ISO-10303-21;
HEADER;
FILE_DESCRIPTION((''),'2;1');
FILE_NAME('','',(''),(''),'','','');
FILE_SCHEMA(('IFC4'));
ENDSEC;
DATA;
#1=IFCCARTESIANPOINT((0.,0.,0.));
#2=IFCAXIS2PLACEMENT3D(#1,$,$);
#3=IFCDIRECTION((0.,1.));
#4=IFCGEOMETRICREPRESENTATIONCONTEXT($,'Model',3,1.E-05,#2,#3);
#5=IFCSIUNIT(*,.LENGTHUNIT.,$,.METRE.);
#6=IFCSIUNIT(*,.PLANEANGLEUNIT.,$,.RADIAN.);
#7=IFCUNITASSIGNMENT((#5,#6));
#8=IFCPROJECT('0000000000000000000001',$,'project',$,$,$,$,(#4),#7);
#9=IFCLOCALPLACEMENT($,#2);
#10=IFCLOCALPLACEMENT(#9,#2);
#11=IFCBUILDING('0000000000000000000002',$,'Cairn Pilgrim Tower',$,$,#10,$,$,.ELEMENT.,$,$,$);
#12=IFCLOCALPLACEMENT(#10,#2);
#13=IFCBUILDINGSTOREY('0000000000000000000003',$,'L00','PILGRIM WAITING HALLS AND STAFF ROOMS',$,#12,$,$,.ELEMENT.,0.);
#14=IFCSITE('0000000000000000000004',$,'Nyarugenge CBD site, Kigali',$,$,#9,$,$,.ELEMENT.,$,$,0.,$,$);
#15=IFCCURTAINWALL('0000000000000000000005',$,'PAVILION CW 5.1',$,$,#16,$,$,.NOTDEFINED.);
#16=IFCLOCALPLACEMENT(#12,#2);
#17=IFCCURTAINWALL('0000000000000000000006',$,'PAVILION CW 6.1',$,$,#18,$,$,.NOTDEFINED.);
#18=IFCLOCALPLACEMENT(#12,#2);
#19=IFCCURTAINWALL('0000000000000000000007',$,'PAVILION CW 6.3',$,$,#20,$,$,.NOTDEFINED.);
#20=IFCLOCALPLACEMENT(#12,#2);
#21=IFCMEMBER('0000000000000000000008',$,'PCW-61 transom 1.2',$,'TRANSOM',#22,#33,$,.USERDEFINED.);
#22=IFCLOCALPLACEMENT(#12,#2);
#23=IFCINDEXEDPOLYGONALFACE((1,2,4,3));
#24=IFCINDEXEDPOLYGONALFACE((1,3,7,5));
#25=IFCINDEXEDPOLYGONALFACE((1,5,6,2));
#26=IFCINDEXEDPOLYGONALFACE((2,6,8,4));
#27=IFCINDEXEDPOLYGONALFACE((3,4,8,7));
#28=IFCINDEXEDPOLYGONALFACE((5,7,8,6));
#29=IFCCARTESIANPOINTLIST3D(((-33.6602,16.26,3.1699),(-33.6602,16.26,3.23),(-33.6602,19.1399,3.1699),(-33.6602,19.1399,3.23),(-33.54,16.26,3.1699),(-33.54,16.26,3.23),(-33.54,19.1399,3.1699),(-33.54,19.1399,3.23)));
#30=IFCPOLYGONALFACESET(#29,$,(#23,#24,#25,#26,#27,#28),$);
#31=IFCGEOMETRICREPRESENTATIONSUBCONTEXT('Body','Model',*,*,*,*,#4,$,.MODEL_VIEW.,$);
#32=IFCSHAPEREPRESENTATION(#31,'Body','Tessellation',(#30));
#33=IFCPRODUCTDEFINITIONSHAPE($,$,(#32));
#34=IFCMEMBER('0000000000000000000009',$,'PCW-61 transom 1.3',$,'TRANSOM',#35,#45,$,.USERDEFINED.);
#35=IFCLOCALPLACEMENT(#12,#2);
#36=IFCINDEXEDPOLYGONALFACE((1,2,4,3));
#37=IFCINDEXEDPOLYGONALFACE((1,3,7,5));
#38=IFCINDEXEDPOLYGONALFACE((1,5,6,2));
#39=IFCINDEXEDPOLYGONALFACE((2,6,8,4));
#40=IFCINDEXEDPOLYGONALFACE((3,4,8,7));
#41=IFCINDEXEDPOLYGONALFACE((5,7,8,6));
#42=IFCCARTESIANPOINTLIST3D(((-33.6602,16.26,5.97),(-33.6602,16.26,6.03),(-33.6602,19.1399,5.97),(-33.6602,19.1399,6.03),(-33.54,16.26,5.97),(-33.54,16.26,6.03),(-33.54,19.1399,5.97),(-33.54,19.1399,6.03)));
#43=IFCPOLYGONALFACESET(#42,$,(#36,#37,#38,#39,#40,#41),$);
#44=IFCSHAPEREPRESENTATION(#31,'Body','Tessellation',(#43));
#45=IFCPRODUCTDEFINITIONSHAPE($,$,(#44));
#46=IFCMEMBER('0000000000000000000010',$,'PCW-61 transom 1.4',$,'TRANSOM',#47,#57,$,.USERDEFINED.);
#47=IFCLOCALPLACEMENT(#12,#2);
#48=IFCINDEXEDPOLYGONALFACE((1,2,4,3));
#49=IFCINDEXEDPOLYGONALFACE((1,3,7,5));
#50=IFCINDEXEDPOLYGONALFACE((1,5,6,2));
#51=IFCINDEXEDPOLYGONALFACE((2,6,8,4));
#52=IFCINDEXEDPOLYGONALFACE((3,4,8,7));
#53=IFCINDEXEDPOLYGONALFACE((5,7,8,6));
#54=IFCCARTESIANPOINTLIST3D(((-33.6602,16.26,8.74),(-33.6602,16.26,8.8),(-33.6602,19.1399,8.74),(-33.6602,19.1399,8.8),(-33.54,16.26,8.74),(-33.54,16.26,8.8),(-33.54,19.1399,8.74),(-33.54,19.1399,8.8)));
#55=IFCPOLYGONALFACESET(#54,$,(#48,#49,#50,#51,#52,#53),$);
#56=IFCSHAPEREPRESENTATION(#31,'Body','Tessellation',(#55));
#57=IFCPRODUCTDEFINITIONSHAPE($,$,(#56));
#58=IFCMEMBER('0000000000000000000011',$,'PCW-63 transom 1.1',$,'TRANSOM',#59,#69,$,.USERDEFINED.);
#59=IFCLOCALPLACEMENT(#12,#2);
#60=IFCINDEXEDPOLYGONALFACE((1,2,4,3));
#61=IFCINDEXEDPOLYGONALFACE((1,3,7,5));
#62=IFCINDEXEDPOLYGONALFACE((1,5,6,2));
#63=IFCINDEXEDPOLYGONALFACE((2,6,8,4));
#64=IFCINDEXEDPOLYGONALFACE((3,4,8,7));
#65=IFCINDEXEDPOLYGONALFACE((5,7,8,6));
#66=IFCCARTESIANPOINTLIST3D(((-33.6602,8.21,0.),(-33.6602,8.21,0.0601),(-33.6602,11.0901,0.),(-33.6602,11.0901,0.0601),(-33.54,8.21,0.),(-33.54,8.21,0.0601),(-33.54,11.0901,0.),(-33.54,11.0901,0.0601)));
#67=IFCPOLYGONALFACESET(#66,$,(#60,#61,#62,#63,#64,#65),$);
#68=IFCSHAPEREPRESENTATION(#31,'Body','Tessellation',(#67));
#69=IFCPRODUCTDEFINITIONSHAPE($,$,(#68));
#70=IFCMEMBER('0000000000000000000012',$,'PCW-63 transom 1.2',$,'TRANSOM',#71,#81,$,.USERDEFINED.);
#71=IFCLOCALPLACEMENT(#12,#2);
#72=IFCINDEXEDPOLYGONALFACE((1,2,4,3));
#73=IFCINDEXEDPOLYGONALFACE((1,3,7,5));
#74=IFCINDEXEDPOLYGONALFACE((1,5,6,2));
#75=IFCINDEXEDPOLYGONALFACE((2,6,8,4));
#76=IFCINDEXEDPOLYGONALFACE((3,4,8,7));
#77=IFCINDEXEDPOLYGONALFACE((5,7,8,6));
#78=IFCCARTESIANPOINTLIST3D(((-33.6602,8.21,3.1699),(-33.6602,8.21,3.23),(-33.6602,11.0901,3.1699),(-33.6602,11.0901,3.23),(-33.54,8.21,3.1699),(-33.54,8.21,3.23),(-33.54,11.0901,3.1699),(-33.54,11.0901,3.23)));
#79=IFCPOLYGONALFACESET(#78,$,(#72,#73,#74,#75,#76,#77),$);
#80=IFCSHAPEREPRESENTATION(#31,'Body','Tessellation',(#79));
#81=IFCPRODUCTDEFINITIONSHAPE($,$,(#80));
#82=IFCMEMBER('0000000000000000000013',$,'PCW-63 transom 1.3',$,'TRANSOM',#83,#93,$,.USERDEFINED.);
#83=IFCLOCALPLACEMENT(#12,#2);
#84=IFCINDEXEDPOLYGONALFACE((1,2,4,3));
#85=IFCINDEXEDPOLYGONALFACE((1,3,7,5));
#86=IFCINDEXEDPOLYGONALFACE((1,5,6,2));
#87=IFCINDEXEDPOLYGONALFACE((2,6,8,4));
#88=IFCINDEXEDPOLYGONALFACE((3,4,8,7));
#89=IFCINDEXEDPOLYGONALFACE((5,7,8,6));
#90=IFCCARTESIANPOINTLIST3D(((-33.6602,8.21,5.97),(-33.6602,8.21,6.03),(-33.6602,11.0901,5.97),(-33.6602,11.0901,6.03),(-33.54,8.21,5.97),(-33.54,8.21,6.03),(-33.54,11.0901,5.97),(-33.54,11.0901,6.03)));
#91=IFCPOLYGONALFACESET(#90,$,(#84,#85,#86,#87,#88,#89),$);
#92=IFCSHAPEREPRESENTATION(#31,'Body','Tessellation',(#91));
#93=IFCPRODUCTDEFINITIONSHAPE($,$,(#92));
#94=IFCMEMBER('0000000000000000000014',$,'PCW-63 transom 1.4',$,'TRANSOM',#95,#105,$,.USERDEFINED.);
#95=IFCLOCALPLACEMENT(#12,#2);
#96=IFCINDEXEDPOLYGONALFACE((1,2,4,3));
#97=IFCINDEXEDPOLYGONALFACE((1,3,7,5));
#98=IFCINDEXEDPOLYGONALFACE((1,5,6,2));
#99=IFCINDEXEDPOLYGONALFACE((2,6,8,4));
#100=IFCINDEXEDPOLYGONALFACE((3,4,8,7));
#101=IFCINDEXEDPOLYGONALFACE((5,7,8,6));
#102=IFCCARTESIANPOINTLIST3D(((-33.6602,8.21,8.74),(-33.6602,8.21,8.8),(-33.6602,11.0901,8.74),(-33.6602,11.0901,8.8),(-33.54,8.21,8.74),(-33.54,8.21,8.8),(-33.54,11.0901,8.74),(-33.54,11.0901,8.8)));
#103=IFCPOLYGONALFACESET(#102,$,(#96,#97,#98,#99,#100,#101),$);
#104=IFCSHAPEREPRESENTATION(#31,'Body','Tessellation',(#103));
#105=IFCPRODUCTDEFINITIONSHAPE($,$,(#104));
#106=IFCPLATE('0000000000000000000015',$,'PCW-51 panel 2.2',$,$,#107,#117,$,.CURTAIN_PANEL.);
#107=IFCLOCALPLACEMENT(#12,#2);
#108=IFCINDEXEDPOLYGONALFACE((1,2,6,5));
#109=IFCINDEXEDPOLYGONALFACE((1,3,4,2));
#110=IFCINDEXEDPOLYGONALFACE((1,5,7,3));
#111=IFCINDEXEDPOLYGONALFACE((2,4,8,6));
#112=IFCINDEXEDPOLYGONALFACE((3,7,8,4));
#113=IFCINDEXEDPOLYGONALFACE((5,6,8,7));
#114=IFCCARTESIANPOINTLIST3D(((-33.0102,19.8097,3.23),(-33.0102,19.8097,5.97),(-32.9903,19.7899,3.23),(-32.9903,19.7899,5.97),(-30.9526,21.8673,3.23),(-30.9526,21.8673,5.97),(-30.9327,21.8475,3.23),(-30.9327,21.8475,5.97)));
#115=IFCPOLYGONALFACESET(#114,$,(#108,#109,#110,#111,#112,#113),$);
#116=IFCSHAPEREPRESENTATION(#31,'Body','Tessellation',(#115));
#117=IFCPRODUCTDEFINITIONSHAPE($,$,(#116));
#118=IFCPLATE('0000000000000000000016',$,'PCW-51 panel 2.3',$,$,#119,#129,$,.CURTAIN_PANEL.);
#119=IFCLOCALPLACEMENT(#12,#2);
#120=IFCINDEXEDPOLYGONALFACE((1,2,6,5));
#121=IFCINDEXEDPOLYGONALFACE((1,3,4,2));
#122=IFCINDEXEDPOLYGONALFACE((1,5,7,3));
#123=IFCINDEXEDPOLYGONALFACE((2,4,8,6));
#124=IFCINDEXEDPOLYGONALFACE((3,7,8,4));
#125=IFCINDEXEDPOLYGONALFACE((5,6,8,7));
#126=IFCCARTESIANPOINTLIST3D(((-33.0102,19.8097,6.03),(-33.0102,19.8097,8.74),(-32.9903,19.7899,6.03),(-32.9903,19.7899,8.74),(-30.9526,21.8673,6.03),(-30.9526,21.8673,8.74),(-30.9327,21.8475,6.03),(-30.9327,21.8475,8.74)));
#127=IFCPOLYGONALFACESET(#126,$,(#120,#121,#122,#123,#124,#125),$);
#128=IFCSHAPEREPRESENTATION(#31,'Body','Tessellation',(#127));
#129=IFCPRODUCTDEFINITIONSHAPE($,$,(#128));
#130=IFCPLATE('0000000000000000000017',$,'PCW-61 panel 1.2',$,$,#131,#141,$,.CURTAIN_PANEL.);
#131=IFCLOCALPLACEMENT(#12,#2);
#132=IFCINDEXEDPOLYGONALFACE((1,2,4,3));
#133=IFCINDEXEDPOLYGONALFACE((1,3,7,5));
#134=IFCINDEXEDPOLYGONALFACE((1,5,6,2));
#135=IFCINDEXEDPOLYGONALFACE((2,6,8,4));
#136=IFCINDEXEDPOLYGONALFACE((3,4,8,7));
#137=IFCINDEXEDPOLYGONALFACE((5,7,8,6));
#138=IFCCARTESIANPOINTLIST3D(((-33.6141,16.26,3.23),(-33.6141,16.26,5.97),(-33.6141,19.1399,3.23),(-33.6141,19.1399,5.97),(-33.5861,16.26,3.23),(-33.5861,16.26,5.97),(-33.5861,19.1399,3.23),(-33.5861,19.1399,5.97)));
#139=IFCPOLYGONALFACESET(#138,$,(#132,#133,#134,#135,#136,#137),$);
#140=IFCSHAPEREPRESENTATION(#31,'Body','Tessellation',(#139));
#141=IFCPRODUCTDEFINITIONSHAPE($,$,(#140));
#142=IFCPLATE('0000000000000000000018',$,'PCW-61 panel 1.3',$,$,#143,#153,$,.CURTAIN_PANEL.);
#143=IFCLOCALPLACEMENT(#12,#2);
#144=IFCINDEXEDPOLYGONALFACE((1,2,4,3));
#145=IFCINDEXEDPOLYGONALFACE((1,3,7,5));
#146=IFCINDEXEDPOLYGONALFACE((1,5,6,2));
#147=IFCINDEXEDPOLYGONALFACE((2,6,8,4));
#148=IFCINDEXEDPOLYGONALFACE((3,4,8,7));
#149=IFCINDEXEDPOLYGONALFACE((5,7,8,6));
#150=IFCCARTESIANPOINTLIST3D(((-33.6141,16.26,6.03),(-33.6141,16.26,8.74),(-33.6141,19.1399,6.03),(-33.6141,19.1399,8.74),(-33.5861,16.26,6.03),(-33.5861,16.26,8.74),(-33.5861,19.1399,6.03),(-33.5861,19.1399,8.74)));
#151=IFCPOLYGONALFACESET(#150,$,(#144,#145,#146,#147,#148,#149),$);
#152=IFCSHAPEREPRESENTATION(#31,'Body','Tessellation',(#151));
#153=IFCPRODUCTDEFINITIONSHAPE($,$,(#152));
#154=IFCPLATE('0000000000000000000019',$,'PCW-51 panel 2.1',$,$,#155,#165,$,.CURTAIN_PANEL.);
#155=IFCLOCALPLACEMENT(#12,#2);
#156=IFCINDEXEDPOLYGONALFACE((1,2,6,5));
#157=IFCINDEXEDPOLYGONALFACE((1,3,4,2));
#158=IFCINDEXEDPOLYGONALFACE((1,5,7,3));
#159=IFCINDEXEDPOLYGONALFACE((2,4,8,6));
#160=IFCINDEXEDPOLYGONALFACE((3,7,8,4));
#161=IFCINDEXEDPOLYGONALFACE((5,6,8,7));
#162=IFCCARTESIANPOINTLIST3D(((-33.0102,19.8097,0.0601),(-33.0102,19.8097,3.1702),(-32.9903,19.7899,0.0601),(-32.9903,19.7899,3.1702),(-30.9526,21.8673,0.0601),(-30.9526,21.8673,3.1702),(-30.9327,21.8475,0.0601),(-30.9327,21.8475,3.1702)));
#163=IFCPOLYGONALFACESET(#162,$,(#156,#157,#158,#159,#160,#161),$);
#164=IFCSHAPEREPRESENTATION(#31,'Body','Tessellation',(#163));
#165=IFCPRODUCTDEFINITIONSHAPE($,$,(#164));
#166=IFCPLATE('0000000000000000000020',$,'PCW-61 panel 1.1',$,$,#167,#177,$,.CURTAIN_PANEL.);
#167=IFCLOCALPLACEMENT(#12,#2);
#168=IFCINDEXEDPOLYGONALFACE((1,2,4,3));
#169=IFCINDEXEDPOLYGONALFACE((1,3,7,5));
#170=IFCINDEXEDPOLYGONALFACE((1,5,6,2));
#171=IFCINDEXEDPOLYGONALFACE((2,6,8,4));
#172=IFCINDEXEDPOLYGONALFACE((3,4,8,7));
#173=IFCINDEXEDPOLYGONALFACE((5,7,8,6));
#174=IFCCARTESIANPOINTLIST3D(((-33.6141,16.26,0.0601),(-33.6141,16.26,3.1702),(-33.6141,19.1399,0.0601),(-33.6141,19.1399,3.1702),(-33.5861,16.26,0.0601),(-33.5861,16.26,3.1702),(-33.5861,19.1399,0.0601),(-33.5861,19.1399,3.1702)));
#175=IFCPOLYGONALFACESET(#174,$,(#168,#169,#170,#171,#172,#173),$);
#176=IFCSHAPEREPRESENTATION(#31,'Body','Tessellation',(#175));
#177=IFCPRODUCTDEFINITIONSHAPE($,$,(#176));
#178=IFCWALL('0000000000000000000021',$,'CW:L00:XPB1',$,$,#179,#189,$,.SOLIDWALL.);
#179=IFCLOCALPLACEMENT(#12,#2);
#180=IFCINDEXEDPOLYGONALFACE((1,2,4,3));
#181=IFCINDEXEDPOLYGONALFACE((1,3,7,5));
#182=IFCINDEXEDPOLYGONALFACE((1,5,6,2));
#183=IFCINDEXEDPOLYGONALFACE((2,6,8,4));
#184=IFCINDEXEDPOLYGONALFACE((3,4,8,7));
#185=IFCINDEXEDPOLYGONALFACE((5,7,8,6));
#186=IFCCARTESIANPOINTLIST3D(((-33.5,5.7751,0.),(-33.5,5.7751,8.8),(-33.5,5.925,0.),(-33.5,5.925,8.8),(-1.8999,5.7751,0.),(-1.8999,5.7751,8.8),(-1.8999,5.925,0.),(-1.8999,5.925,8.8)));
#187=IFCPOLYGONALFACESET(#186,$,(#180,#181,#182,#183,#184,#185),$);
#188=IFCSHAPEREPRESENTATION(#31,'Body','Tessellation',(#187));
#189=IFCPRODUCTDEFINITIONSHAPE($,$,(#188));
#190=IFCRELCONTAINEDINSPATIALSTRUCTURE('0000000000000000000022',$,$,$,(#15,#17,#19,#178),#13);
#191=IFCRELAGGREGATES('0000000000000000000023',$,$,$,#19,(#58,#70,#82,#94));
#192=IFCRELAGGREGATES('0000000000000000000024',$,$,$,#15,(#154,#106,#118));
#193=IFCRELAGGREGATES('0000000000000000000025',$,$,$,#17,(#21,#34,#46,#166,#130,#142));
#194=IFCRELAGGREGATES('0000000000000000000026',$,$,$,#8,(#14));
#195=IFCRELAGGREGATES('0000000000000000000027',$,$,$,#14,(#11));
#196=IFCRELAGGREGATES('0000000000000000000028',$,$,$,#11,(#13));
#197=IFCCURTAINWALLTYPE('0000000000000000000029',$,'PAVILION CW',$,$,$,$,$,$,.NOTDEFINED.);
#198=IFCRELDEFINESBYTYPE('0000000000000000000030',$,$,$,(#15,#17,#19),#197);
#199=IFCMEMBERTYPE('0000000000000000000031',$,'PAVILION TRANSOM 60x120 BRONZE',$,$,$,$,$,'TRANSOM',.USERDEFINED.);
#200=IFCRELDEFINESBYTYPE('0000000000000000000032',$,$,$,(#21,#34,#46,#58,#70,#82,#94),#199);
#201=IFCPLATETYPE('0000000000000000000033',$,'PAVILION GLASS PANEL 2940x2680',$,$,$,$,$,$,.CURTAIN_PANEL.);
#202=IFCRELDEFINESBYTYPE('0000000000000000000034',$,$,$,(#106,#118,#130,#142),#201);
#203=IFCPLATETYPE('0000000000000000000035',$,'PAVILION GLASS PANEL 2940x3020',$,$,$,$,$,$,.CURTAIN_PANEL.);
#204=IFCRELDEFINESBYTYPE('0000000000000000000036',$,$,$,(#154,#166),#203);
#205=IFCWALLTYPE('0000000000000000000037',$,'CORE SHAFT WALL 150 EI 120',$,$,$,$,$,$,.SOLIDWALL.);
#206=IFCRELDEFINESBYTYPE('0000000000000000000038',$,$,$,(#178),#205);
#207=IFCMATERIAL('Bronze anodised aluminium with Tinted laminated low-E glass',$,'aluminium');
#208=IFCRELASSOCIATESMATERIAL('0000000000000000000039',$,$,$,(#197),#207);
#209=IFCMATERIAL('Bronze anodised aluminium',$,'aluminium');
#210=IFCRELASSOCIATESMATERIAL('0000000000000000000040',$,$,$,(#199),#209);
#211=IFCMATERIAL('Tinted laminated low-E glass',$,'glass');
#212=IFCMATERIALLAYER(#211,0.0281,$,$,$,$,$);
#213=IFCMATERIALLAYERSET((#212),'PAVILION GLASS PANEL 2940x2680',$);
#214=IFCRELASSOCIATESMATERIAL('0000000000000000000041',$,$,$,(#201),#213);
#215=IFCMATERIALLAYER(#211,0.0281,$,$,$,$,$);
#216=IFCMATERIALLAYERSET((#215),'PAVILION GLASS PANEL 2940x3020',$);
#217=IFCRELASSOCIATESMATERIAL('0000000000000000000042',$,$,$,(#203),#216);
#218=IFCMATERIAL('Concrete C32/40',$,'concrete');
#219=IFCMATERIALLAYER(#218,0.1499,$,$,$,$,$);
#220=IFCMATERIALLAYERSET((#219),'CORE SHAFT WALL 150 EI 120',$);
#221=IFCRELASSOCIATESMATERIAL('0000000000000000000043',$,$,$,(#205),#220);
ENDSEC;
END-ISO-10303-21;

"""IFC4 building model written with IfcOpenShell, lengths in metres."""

from ifc_helpers import new_model, si_unit, direction, frame, frame_2d, origin, origin_2d, place, context, subcontext, project, spatial, rectangle, extrude, material, layer, layer_set, material_profile, profile_set, type_object, element, aggregate, save


model = new_model("IFC4")

# Units and contexts
model_context = context("Model", 3, precision=1e-05, world=origin(), true_north=direction((0.0, 1.0)))
body_context = subcontext(model_context, "Body", "Model", "MODEL_VIEW")
ifc_project = project(units=[si_unit("LENGTHUNIT", "METRE"), si_unit("PLANEANGLEUNIT", "RADIAN")], contexts=[model_context])

# Site, building, storey
site_placement = place(None, origin())
site = spatial("IfcSite", under=ifc_project, at=site_placement, Name="Nyarugenge CBD site, Kigali", CompositionType="ELEMENT", RefElevation=0.0)
building_placement = place(site_placement, origin())
building = spatial("IfcBuilding", under=site, at=building_placement, Name="Cairn Pilgrim Tower", CompositionType="ELEMENT")
storey_placement = place(building_placement, origin())
storey = spatial("IfcBuildingStorey", under=building, at=storey_placement, Name="L00", Description="PILGRIM WAITING HALLS AND STAFF ROOMS", CompositionType="ELEMENT", Elevation=0.0)

# Curtain wall
ifc_material_1 = material(Name="Bronze anodised aluminium with Tinted laminated low-E glass", Category="aluminium")
curtain_wall_type = type_object("IfcCurtainWallType", Name="PAVILION CW", PredefinedType="NOTDEFINED", material=ifc_material_1)
curtain_wall_1_placement = place(storey_placement, origin())
curtain_wall_1 = element("IfcCurtainWall", 1, at=curtain_wall_1_placement, inside=storey, type_object=curtain_wall_type, Name="PAVILION CW 5.1", PredefinedType="NOTDEFINED")
ifc_material_2 = material(Name="Bronze anodised aluminium", Category="aluminium")

# Curtain wall
curtain_wall_2_placement = place(storey_placement, origin())
curtain_wall_2 = element("IfcCurtainWall", 2, at=curtain_wall_2_placement, inside=storey, type_object=curtain_wall_type, Name="PAVILION CW 6.1", PredefinedType="NOTDEFINED")

# Curtain wall
curtain_wall_3_placement = place(storey_placement, origin())
curtain_wall_3 = element("IfcCurtainWall", 3, at=curtain_wall_3_placement, inside=storey, type_object=curtain_wall_type, Name="PAVILION CW 6.3", PredefinedType="NOTDEFINED")

# Members
ifc_material_profile_1 = material_profile(ifc_material_2, rectangle(XDim=0.1201, YDim=0.0601, at=origin_2d()), Name="PAVILION TRANSOM 60x120 BRONZE")
ifc_profile_set_1 = profile_set([ifc_material_profile_1], Name="Bronze anodised aluminium")
member_type_1 = type_object("IfcMemberType", Name="PAVILION TRANSOM 60x120 BRONZE", ElementType="TRANSOM", PredefinedType="USERDEFINED", material=ifc_profile_set_1)
member_1_placement = place(storey_placement, frame((-33.6001, 19.1399, 3.2), z_axis=(0.0, -1.0, 0.0), x_axis=(1.0, 0.0, 0.0)))
member_1 = element("IfcMember", 4, at=member_1_placement, type_object=member_type_1, Name="PCW-61 transom 1.2", ObjectType="TRANSOM", PredefinedType="USERDEFINED", context=body_context, shape_type="SweptSolid", body=[
    extrude(rectangle(XDim=0.1201, YDim=0.0601, at=origin_2d()), origin(), (0.0, 0.0, 1.0), 2.8799),
])
member_2_placement = place(storey_placement, frame((-33.6001, 19.1399, 6.0), z_axis=(0.0, -1.0, 0.0), x_axis=(1.0, 0.0, 0.0)))
member_2 = element("IfcMember", 5, at=member_2_placement, type_object=member_type_1, Name="PCW-61 transom 1.3", ObjectType="TRANSOM", PredefinedType="USERDEFINED", context=body_context, shape_type="SweptSolid", body=[
    extrude(rectangle(XDim=0.1201, YDim=0.0601, at=origin_2d()), origin(), (0.0, 0.0, 1.0), 2.8799),
])
member_3_placement = place(storey_placement, frame((-33.6001, 19.1399, 8.77), z_axis=(0.0, -1.0, 0.0), x_axis=(1.0, 0.0, 0.0)))
member_3 = element("IfcMember", 6, at=member_3_placement, type_object=member_type_1, Name="PCW-61 transom 1.4", ObjectType="TRANSOM", PredefinedType="USERDEFINED", context=body_context, shape_type="SweptSolid", body=[
    extrude(rectangle(XDim=0.1201, YDim=0.0601, at=origin_2d()), origin(), (0.0, 0.0, 1.0), 2.8799),
])
member_4_placement = place(storey_placement, frame((-33.6001, 11.0901, 0.03), z_axis=(0.0, -1.0, 0.0), x_axis=(1.0, 0.0, 0.0)))
member_4 = element("IfcMember", 7, at=member_4_placement, type_object=member_type_1, Name="PCW-63 transom 1.1", ObjectType="TRANSOM", PredefinedType="USERDEFINED", context=body_context, shape_type="SweptSolid", body=[
    extrude(rectangle(XDim=0.1201, YDim=0.0601, at=origin_2d()), origin(), (0.0, 0.0, 1.0), 2.8801),
])
member_5_placement = place(storey_placement, frame((-33.6001, 11.0901, 3.2), z_axis=(0.0, -1.0, 0.0), x_axis=(1.0, 0.0, 0.0)))
member_5 = element("IfcMember", 8, at=member_5_placement, type_object=member_type_1, Name="PCW-63 transom 1.2", ObjectType="TRANSOM", PredefinedType="USERDEFINED", context=body_context, shape_type="SweptSolid", body=[
    extrude(rectangle(XDim=0.1201, YDim=0.0601, at=origin_2d()), origin(), (0.0, 0.0, 1.0), 2.8801),
])
member_6_placement = place(storey_placement, frame((-33.6001, 11.0901, 6.0), z_axis=(0.0, -1.0, 0.0), x_axis=(1.0, 0.0, 0.0)))
member_6 = element("IfcMember", 9, at=member_6_placement, type_object=member_type_1, Name="PCW-63 transom 1.3", ObjectType="TRANSOM", PredefinedType="USERDEFINED", context=body_context, shape_type="SweptSolid", body=[
    extrude(rectangle(XDim=0.1201, YDim=0.0601, at=origin_2d()), origin(), (0.0, 0.0, 1.0), 2.8801),
])
member_7_placement = place(storey_placement, frame((-33.6001, 11.0901, 8.77), z_axis=(0.0, -1.0, 0.0), x_axis=(1.0, 0.0, 0.0)))
member_7 = element("IfcMember", 10, at=member_7_placement, type_object=member_type_1, Name="PCW-63 transom 1.4", ObjectType="TRANSOM", PredefinedType="USERDEFINED", context=body_context, shape_type="SweptSolid", body=[
    extrude(rectangle(XDim=0.1201, YDim=0.0601, at=origin_2d()), origin(), (0.0, 0.0, 1.0), 2.8801),
])
aggregate(curtain_wall_3, [member_4, member_5, member_6, member_7])

# Plates
ifc_material_3 = material(Name="Tinted laminated low-E glass", Category="glass")
ifc_layer_1 = layer(ifc_material_3, 0.0281)
ifc_layer_set_1 = layer_set([ifc_layer_1], Name="PAVILION GLASS PANEL 2940x2680")
plate_type_1 = type_object("IfcPlateType", Name="PAVILION GLASS PANEL 2940x2680", PredefinedType="CURTAIN_PANEL", material=ifc_layer_set_1)
plate_1_placement = place(storey_placement, frame((-31.9714, 20.8286, 3.23), z_axis=(0.0, 0.0, 1.0), x_axis=(-0.707107, -0.707107, 0.0)))
plate_1 = element("IfcPlate", 11, at=plate_1_placement, type_object=plate_type_1, Name="PCW-51 panel 2.2", PredefinedType="CURTAIN_PANEL", context=body_context, shape_type="SweptSolid", body=[
    extrude(rectangle(XDim=2.9099, YDim=0.0281, at=origin_2d()), origin(), (0.0, 0.0, 1.0), 2.74),
])
plate_2_placement = place(storey_placement, frame((-31.9714, 20.8286, 6.03), z_axis=(0.0, 0.0, 1.0), x_axis=(-0.707107, -0.707107, 0.0)))
plate_2 = element("IfcPlate", 12, at=plate_2_placement, type_object=plate_type_1, Name="PCW-51 panel 2.3", PredefinedType="CURTAIN_PANEL", context=body_context, shape_type="SweptSolid", body=[
    extrude(rectangle(XDim=2.9099, YDim=0.0281, at=origin_2d()), origin(), (0.0, 0.0, 1.0), 2.71),
])
plate_3_placement = place(storey_placement, frame((-33.6001, 17.7, 3.23), z_axis=(0.0, 0.0, 1.0), x_axis=(0.0, -1.0, 0.0)))
plate_3 = element("IfcPlate", 13, at=plate_3_placement, type_object=plate_type_1, Name="PCW-61 panel 1.2", PredefinedType="CURTAIN_PANEL", context=body_context, shape_type="SweptSolid", body=[
    extrude(rectangle(XDim=2.8799, YDim=0.0281, at=origin_2d()), origin(), (0.0, 0.0, 1.0), 2.74),
])
plate_4_placement = place(storey_placement, frame((-33.6001, 17.7, 6.03), z_axis=(0.0, 0.0, 1.0), x_axis=(0.0, -1.0, 0.0)))
plate_4 = element("IfcPlate", 14, at=plate_4_placement, type_object=plate_type_1, Name="PCW-61 panel 1.3", PredefinedType="CURTAIN_PANEL", context=body_context, shape_type="SweptSolid", body=[
    extrude(rectangle(XDim=2.8799, YDim=0.0281, at=origin_2d()), origin(), (0.0, 0.0, 1.0), 2.71),
])
ifc_layer_2 = layer(ifc_material_3, 0.0281)
ifc_layer_set_2 = layer_set([ifc_layer_2], Name="PAVILION GLASS PANEL 2940x3020")
plate_type_2 = type_object("IfcPlateType", Name="PAVILION GLASS PANEL 2940x3020", PredefinedType="CURTAIN_PANEL", material=ifc_layer_set_2)
plate_5_placement = place(storey_placement, frame((-31.9714, 20.8286, 0.0601), z_axis=(0.0, 0.0, 1.0), x_axis=(-0.707107, -0.707107, 0.0)))
plate_5 = element("IfcPlate", 15, at=plate_5_placement, type_object=plate_type_2, Name="PCW-51 panel 2.1", PredefinedType="CURTAIN_PANEL", context=body_context, shape_type="SweptSolid", body=[
    extrude(rectangle(XDim=2.9099, YDim=0.0281, at=origin_2d()), origin(), (0.0, 0.0, 1.0), 3.1101),
])
aggregate(curtain_wall_1, [plate_5, plate_1, plate_2])
plate_6_placement = place(storey_placement, frame((-33.6001, 17.7, 0.0601), z_axis=(0.0, 0.0, 1.0), x_axis=(0.0, -1.0, 0.0)))
plate_6 = element("IfcPlate", 16, at=plate_6_placement, type_object=plate_type_2, Name="PCW-61 panel 1.1", PredefinedType="CURTAIN_PANEL", context=body_context, shape_type="SweptSolid", body=[
    extrude(rectangle(XDim=2.8799, YDim=0.0281, at=origin_2d()), origin(), (0.0, 0.0, 1.0), 3.1101),
])
aggregate(curtain_wall_2, [member_1, member_2, member_3, plate_6, plate_3, plate_4])

# Wall
ifc_material_4 = material(Name="Concrete C32/40", Category="concrete")
ifc_layer_3 = layer(ifc_material_4, 0.1499)
ifc_layer_set_3 = layer_set([ifc_layer_3], Name="CORE SHAFT WALL 150 EI 120")
wall_type_1 = type_object("IfcWallType", Name="CORE SHAFT WALL 150 EI 120", PredefinedType="SOLIDWALL", material=ifc_layer_set_3)
for number, where, z_axis, x_axis, name in (
    (17, (-33.5, 5.8501, 0.0), (0.0, 0.0, 1.0), (1.0, 0.0, 0.0), "CW:L00:XPB1"),
):
    element("IfcWall", number, at=place(storey_placement, frame(where, z_axis=z_axis, x_axis=x_axis)), inside=storey, type_object=wall_type_1, Name=name, PredefinedType="SOLIDWALL", context=body_context, shape_type="SweptSolid", body=[
        extrude(rectangle(XDim=31.6001, YDim=0.1499, at=frame_2d((15.8, 0.0))), origin(), (0.0, 0.0, 1.0), 8.8),
    ])

save(model, "model.ifc")
